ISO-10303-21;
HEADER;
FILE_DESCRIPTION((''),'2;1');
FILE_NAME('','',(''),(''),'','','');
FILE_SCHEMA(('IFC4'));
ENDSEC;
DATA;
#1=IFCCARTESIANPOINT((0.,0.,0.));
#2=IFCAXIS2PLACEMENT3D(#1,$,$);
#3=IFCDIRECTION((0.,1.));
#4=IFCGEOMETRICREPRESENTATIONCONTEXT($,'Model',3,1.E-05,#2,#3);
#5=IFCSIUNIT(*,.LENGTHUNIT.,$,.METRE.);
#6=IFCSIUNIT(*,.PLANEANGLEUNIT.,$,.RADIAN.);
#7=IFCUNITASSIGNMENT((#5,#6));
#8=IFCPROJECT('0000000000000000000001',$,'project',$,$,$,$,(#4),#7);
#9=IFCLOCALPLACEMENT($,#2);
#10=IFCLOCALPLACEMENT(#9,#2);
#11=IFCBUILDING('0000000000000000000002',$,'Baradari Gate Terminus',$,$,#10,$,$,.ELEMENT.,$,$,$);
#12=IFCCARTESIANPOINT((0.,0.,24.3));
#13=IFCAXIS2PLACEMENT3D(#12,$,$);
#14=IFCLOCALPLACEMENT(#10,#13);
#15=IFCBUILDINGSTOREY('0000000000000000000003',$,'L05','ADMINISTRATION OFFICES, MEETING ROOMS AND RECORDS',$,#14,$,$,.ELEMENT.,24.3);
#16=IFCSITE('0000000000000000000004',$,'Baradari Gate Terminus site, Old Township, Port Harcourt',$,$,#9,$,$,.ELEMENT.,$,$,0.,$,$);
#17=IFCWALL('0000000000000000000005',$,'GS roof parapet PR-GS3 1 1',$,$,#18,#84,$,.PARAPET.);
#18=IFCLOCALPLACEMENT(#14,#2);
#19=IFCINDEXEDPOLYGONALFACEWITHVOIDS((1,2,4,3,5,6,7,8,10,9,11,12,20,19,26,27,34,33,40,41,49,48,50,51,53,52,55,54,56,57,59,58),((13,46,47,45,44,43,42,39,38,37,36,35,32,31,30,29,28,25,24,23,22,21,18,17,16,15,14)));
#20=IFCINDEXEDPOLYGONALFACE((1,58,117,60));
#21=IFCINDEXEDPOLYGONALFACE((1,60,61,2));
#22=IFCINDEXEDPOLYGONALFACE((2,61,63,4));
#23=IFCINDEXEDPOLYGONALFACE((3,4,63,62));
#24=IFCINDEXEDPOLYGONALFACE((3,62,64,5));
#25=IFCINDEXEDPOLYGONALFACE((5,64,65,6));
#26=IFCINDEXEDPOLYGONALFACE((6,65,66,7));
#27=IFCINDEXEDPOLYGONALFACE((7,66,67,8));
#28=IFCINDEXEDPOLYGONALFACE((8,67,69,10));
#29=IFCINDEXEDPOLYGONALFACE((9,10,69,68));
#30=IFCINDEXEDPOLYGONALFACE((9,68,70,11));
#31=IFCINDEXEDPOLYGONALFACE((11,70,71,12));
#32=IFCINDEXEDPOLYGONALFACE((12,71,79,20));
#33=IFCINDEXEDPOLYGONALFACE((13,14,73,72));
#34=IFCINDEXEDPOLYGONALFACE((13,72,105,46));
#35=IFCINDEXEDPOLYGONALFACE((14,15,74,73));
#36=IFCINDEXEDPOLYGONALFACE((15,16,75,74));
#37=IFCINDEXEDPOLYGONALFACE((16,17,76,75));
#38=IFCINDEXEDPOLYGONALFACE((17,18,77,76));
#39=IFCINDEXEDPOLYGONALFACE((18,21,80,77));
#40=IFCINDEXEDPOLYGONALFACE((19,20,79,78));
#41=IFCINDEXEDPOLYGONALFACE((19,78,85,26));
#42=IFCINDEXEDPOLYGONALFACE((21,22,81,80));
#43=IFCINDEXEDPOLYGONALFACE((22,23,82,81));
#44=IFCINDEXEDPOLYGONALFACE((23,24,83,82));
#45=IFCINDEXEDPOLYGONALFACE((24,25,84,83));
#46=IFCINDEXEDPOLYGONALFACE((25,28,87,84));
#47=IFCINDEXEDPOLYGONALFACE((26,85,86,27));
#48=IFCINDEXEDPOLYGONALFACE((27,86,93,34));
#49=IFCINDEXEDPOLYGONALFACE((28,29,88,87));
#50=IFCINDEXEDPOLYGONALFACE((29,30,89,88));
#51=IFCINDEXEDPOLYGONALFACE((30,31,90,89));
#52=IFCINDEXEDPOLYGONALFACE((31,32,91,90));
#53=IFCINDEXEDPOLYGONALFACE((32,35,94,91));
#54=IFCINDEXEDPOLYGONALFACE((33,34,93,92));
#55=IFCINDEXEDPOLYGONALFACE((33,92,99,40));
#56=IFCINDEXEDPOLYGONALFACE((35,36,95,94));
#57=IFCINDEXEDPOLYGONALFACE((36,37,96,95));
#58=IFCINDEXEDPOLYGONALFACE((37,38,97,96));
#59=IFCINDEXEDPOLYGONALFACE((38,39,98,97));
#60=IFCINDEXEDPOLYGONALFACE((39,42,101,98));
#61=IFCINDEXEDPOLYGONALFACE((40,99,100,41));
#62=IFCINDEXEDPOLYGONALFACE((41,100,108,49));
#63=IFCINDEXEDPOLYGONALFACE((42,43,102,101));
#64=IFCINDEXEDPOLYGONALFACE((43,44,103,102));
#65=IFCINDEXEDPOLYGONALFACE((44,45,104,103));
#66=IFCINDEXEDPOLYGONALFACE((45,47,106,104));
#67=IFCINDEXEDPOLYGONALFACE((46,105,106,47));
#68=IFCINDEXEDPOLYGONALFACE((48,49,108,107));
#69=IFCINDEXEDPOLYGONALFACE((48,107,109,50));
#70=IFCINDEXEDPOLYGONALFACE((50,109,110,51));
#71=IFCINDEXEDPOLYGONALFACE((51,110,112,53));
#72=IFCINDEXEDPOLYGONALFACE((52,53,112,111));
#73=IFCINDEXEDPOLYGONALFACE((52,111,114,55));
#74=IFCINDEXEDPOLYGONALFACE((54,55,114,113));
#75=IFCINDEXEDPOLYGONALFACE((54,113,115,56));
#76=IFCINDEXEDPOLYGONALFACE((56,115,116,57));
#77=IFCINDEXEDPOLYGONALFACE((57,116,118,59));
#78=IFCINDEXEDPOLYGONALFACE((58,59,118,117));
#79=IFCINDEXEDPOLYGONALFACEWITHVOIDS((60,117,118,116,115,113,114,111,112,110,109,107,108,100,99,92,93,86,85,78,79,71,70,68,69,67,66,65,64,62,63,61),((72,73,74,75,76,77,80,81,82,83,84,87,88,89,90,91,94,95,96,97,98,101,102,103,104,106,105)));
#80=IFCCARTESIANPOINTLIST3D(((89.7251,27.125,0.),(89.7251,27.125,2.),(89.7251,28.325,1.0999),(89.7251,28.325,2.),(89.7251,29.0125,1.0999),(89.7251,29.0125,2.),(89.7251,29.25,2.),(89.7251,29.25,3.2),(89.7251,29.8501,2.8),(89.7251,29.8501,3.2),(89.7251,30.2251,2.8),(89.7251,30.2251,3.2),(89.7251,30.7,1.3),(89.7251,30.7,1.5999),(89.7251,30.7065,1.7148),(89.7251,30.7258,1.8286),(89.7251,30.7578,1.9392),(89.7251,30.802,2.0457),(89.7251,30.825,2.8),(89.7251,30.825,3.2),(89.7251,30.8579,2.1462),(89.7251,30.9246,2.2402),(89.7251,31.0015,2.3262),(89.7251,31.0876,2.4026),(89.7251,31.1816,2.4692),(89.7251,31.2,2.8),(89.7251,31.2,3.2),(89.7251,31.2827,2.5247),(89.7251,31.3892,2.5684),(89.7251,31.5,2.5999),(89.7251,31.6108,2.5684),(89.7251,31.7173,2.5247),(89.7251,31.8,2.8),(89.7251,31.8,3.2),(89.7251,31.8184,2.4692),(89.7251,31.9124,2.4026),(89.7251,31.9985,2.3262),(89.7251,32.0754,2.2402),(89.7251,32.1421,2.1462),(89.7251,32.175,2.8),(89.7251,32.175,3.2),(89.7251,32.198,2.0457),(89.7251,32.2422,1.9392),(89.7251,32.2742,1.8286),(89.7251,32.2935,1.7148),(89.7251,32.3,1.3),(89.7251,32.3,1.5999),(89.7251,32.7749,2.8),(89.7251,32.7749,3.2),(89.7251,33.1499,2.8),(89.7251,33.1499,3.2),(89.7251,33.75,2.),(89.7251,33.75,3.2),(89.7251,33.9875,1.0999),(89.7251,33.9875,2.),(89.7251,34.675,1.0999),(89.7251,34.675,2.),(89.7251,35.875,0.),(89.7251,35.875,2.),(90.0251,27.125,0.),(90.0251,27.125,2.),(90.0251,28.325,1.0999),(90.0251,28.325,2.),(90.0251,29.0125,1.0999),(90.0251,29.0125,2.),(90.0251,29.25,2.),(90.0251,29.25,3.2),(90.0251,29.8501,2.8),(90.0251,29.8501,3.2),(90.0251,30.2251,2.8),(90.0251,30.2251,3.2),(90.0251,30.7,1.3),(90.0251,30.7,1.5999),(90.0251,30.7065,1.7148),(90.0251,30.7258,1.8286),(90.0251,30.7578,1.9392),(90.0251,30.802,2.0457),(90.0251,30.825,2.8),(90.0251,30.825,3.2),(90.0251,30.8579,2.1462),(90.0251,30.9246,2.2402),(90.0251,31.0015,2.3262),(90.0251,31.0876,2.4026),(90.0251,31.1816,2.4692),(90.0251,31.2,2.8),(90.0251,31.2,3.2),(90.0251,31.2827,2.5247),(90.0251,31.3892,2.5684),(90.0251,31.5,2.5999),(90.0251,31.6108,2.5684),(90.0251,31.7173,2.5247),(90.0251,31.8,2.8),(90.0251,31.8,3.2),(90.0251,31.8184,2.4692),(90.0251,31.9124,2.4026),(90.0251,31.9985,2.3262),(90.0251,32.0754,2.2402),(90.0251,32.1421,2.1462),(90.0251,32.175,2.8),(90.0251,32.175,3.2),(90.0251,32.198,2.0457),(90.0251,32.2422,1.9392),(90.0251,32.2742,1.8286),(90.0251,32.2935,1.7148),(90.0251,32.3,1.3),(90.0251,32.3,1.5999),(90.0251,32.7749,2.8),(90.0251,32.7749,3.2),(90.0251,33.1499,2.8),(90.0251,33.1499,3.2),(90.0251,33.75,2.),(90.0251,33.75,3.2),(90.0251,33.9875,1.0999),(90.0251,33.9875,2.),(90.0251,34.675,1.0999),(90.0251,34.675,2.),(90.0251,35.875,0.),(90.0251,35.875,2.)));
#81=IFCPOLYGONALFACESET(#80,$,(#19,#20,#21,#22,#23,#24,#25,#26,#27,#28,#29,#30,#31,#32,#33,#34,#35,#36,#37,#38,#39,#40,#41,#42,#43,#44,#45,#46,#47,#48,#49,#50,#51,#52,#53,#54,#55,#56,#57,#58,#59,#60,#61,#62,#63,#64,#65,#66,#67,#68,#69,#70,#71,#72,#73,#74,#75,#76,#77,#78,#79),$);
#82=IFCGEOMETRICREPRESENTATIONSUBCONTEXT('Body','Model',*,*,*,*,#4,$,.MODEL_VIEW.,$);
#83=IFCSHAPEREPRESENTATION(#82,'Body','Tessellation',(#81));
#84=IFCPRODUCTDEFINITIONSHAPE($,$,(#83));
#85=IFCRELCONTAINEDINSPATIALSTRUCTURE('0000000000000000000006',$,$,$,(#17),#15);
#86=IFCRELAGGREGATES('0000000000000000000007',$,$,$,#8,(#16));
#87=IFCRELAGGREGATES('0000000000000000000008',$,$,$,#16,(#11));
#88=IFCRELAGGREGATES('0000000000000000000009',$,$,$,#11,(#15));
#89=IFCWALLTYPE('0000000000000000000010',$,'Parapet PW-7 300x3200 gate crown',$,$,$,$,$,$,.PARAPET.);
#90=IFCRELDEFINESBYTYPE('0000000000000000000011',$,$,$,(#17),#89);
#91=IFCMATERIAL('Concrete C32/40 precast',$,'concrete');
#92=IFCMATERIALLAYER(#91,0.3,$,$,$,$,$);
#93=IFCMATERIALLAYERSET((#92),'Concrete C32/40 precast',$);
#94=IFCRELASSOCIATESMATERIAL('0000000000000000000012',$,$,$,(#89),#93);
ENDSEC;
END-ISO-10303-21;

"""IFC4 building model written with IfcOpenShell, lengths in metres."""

from ifc_helpers import new_model, si_unit, direction, frame, origin, place, context, subcontext, project, spatial, polyline, outline, extrude, material, layer, layer_set, type_object, element, save


model = new_model("IFC4")

# Units and contexts
model_context = context("Model", 3, precision=1e-05, world=origin(), true_north=direction((0.0, 1.0)))
body_context = subcontext(model_context, "Body", "Model", "MODEL_VIEW")
ifc_project = project(units=[si_unit("LENGTHUNIT", "METRE"), si_unit("PLANEANGLEUNIT", "RADIAN")], contexts=[model_context])

# Site, building, storey
site_placement = place(None, origin())
site = spatial("IfcSite", under=ifc_project, at=site_placement, Name="Baradari Gate Terminus site, Old Township, Port Harcourt", CompositionType="ELEMENT", RefElevation=0.0)
building_placement = place(site_placement, origin())
building = spatial("IfcBuilding", under=site, at=building_placement, Name="Baradari Gate Terminus", CompositionType="ELEMENT")
storey_placement = place(building_placement, frame((0.0, 0.0, 24.3)))
storey = spatial("IfcBuildingStorey", under=building, at=storey_placement, Name="L05", Description="ADMINISTRATION OFFICES, MEETING ROOMS AND RECORDS", CompositionType="ELEMENT", Elevation=24.3)

# Wall
ifc_material_1 = material(Name="Concrete C32/40 precast", Category="concrete")
ifc_layer_1 = layer(ifc_material_1, 0.3)
ifc_layer_set_1 = layer_set([ifc_layer_1], Name="Concrete C32/40 precast")
wall_type = type_object("IfcWallType", Name="Parapet PW-7 300x3200 gate crown", PredefinedType="PARAPET", material=ifc_layer_set_1)
wall_1_placement = place(storey_placement, frame((89.875, 27.125, 0.0), z_axis=(0.0, 0.0, 1.0), x_axis=(0.0, 1.0, 0.0)))
element("IfcWall", 1, at=wall_1_placement, inside=storey, type_object=wall_type, Name="GS roof parapet PR-GS3 1 1", PredefinedType="PARAPET", context=body_context, shape_type="SweptSolid", body=[
    extrude(outline(polyline([(1.8875, 2.0), (1.8875, 1.0999), (1.2, 1.0999), (1.2, 2.0), (0.0, 2.0), (0.0, 0.0), (8.75, 0.0), (8.75, 2.0), (7.55, 2.0), (7.55, 1.0999), (6.8625, 1.0999), (6.8625, 2.0), (6.625, 2.0), (6.625, 3.2), (6.0249, 3.2), (6.0249, 2.8), (5.6499, 2.8), (5.6499, 3.2), (5.05, 3.2), (5.05, 2.8), (4.675, 2.8), (4.675, 3.2), (4.075, 3.2), (4.075, 2.8), (3.7, 2.8), (3.7, 3.2), (3.1001, 3.2), (3.1001, 2.8), (2.7251, 2.8), (2.7251, 3.2), (2.125, 3.2), (2.125, 2.0), (1.8875, 2.0)]), holes=[polyline([(3.575, 1.3), (3.575, 1.5999), (3.5815, 1.7148), (3.6008, 1.8286), (3.6328, 1.9392), (3.677, 2.0457), (3.7329, 2.1462), (3.7996, 2.2402), (3.8765, 2.3262), (3.9626, 2.4026), (4.0566, 2.4692), (4.1577, 2.5247), (4.2642, 2.5684), (4.375, 2.5999), (4.4858, 2.5684), (4.5923, 2.5247), (4.6934, 2.4692), (4.7874, 2.4026), (4.8735, 2.3262), (4.9504, 2.2402), (5.0171, 2.1462), (5.073, 2.0457), (5.1172, 1.9392), (5.1492, 1.8286), (5.1685, 1.7148), (5.175, 1.5999), (5.175, 1.3), (3.575, 1.3)])]), frame((0.0, 0.1499, 0.0), z_axis=(0.0, -1.0, 0.0), x_axis=(1.0, 0.0, 0.0)), (0.0, 0.0, 1.0), 0.3),
])

save(model, "model.ifc")
